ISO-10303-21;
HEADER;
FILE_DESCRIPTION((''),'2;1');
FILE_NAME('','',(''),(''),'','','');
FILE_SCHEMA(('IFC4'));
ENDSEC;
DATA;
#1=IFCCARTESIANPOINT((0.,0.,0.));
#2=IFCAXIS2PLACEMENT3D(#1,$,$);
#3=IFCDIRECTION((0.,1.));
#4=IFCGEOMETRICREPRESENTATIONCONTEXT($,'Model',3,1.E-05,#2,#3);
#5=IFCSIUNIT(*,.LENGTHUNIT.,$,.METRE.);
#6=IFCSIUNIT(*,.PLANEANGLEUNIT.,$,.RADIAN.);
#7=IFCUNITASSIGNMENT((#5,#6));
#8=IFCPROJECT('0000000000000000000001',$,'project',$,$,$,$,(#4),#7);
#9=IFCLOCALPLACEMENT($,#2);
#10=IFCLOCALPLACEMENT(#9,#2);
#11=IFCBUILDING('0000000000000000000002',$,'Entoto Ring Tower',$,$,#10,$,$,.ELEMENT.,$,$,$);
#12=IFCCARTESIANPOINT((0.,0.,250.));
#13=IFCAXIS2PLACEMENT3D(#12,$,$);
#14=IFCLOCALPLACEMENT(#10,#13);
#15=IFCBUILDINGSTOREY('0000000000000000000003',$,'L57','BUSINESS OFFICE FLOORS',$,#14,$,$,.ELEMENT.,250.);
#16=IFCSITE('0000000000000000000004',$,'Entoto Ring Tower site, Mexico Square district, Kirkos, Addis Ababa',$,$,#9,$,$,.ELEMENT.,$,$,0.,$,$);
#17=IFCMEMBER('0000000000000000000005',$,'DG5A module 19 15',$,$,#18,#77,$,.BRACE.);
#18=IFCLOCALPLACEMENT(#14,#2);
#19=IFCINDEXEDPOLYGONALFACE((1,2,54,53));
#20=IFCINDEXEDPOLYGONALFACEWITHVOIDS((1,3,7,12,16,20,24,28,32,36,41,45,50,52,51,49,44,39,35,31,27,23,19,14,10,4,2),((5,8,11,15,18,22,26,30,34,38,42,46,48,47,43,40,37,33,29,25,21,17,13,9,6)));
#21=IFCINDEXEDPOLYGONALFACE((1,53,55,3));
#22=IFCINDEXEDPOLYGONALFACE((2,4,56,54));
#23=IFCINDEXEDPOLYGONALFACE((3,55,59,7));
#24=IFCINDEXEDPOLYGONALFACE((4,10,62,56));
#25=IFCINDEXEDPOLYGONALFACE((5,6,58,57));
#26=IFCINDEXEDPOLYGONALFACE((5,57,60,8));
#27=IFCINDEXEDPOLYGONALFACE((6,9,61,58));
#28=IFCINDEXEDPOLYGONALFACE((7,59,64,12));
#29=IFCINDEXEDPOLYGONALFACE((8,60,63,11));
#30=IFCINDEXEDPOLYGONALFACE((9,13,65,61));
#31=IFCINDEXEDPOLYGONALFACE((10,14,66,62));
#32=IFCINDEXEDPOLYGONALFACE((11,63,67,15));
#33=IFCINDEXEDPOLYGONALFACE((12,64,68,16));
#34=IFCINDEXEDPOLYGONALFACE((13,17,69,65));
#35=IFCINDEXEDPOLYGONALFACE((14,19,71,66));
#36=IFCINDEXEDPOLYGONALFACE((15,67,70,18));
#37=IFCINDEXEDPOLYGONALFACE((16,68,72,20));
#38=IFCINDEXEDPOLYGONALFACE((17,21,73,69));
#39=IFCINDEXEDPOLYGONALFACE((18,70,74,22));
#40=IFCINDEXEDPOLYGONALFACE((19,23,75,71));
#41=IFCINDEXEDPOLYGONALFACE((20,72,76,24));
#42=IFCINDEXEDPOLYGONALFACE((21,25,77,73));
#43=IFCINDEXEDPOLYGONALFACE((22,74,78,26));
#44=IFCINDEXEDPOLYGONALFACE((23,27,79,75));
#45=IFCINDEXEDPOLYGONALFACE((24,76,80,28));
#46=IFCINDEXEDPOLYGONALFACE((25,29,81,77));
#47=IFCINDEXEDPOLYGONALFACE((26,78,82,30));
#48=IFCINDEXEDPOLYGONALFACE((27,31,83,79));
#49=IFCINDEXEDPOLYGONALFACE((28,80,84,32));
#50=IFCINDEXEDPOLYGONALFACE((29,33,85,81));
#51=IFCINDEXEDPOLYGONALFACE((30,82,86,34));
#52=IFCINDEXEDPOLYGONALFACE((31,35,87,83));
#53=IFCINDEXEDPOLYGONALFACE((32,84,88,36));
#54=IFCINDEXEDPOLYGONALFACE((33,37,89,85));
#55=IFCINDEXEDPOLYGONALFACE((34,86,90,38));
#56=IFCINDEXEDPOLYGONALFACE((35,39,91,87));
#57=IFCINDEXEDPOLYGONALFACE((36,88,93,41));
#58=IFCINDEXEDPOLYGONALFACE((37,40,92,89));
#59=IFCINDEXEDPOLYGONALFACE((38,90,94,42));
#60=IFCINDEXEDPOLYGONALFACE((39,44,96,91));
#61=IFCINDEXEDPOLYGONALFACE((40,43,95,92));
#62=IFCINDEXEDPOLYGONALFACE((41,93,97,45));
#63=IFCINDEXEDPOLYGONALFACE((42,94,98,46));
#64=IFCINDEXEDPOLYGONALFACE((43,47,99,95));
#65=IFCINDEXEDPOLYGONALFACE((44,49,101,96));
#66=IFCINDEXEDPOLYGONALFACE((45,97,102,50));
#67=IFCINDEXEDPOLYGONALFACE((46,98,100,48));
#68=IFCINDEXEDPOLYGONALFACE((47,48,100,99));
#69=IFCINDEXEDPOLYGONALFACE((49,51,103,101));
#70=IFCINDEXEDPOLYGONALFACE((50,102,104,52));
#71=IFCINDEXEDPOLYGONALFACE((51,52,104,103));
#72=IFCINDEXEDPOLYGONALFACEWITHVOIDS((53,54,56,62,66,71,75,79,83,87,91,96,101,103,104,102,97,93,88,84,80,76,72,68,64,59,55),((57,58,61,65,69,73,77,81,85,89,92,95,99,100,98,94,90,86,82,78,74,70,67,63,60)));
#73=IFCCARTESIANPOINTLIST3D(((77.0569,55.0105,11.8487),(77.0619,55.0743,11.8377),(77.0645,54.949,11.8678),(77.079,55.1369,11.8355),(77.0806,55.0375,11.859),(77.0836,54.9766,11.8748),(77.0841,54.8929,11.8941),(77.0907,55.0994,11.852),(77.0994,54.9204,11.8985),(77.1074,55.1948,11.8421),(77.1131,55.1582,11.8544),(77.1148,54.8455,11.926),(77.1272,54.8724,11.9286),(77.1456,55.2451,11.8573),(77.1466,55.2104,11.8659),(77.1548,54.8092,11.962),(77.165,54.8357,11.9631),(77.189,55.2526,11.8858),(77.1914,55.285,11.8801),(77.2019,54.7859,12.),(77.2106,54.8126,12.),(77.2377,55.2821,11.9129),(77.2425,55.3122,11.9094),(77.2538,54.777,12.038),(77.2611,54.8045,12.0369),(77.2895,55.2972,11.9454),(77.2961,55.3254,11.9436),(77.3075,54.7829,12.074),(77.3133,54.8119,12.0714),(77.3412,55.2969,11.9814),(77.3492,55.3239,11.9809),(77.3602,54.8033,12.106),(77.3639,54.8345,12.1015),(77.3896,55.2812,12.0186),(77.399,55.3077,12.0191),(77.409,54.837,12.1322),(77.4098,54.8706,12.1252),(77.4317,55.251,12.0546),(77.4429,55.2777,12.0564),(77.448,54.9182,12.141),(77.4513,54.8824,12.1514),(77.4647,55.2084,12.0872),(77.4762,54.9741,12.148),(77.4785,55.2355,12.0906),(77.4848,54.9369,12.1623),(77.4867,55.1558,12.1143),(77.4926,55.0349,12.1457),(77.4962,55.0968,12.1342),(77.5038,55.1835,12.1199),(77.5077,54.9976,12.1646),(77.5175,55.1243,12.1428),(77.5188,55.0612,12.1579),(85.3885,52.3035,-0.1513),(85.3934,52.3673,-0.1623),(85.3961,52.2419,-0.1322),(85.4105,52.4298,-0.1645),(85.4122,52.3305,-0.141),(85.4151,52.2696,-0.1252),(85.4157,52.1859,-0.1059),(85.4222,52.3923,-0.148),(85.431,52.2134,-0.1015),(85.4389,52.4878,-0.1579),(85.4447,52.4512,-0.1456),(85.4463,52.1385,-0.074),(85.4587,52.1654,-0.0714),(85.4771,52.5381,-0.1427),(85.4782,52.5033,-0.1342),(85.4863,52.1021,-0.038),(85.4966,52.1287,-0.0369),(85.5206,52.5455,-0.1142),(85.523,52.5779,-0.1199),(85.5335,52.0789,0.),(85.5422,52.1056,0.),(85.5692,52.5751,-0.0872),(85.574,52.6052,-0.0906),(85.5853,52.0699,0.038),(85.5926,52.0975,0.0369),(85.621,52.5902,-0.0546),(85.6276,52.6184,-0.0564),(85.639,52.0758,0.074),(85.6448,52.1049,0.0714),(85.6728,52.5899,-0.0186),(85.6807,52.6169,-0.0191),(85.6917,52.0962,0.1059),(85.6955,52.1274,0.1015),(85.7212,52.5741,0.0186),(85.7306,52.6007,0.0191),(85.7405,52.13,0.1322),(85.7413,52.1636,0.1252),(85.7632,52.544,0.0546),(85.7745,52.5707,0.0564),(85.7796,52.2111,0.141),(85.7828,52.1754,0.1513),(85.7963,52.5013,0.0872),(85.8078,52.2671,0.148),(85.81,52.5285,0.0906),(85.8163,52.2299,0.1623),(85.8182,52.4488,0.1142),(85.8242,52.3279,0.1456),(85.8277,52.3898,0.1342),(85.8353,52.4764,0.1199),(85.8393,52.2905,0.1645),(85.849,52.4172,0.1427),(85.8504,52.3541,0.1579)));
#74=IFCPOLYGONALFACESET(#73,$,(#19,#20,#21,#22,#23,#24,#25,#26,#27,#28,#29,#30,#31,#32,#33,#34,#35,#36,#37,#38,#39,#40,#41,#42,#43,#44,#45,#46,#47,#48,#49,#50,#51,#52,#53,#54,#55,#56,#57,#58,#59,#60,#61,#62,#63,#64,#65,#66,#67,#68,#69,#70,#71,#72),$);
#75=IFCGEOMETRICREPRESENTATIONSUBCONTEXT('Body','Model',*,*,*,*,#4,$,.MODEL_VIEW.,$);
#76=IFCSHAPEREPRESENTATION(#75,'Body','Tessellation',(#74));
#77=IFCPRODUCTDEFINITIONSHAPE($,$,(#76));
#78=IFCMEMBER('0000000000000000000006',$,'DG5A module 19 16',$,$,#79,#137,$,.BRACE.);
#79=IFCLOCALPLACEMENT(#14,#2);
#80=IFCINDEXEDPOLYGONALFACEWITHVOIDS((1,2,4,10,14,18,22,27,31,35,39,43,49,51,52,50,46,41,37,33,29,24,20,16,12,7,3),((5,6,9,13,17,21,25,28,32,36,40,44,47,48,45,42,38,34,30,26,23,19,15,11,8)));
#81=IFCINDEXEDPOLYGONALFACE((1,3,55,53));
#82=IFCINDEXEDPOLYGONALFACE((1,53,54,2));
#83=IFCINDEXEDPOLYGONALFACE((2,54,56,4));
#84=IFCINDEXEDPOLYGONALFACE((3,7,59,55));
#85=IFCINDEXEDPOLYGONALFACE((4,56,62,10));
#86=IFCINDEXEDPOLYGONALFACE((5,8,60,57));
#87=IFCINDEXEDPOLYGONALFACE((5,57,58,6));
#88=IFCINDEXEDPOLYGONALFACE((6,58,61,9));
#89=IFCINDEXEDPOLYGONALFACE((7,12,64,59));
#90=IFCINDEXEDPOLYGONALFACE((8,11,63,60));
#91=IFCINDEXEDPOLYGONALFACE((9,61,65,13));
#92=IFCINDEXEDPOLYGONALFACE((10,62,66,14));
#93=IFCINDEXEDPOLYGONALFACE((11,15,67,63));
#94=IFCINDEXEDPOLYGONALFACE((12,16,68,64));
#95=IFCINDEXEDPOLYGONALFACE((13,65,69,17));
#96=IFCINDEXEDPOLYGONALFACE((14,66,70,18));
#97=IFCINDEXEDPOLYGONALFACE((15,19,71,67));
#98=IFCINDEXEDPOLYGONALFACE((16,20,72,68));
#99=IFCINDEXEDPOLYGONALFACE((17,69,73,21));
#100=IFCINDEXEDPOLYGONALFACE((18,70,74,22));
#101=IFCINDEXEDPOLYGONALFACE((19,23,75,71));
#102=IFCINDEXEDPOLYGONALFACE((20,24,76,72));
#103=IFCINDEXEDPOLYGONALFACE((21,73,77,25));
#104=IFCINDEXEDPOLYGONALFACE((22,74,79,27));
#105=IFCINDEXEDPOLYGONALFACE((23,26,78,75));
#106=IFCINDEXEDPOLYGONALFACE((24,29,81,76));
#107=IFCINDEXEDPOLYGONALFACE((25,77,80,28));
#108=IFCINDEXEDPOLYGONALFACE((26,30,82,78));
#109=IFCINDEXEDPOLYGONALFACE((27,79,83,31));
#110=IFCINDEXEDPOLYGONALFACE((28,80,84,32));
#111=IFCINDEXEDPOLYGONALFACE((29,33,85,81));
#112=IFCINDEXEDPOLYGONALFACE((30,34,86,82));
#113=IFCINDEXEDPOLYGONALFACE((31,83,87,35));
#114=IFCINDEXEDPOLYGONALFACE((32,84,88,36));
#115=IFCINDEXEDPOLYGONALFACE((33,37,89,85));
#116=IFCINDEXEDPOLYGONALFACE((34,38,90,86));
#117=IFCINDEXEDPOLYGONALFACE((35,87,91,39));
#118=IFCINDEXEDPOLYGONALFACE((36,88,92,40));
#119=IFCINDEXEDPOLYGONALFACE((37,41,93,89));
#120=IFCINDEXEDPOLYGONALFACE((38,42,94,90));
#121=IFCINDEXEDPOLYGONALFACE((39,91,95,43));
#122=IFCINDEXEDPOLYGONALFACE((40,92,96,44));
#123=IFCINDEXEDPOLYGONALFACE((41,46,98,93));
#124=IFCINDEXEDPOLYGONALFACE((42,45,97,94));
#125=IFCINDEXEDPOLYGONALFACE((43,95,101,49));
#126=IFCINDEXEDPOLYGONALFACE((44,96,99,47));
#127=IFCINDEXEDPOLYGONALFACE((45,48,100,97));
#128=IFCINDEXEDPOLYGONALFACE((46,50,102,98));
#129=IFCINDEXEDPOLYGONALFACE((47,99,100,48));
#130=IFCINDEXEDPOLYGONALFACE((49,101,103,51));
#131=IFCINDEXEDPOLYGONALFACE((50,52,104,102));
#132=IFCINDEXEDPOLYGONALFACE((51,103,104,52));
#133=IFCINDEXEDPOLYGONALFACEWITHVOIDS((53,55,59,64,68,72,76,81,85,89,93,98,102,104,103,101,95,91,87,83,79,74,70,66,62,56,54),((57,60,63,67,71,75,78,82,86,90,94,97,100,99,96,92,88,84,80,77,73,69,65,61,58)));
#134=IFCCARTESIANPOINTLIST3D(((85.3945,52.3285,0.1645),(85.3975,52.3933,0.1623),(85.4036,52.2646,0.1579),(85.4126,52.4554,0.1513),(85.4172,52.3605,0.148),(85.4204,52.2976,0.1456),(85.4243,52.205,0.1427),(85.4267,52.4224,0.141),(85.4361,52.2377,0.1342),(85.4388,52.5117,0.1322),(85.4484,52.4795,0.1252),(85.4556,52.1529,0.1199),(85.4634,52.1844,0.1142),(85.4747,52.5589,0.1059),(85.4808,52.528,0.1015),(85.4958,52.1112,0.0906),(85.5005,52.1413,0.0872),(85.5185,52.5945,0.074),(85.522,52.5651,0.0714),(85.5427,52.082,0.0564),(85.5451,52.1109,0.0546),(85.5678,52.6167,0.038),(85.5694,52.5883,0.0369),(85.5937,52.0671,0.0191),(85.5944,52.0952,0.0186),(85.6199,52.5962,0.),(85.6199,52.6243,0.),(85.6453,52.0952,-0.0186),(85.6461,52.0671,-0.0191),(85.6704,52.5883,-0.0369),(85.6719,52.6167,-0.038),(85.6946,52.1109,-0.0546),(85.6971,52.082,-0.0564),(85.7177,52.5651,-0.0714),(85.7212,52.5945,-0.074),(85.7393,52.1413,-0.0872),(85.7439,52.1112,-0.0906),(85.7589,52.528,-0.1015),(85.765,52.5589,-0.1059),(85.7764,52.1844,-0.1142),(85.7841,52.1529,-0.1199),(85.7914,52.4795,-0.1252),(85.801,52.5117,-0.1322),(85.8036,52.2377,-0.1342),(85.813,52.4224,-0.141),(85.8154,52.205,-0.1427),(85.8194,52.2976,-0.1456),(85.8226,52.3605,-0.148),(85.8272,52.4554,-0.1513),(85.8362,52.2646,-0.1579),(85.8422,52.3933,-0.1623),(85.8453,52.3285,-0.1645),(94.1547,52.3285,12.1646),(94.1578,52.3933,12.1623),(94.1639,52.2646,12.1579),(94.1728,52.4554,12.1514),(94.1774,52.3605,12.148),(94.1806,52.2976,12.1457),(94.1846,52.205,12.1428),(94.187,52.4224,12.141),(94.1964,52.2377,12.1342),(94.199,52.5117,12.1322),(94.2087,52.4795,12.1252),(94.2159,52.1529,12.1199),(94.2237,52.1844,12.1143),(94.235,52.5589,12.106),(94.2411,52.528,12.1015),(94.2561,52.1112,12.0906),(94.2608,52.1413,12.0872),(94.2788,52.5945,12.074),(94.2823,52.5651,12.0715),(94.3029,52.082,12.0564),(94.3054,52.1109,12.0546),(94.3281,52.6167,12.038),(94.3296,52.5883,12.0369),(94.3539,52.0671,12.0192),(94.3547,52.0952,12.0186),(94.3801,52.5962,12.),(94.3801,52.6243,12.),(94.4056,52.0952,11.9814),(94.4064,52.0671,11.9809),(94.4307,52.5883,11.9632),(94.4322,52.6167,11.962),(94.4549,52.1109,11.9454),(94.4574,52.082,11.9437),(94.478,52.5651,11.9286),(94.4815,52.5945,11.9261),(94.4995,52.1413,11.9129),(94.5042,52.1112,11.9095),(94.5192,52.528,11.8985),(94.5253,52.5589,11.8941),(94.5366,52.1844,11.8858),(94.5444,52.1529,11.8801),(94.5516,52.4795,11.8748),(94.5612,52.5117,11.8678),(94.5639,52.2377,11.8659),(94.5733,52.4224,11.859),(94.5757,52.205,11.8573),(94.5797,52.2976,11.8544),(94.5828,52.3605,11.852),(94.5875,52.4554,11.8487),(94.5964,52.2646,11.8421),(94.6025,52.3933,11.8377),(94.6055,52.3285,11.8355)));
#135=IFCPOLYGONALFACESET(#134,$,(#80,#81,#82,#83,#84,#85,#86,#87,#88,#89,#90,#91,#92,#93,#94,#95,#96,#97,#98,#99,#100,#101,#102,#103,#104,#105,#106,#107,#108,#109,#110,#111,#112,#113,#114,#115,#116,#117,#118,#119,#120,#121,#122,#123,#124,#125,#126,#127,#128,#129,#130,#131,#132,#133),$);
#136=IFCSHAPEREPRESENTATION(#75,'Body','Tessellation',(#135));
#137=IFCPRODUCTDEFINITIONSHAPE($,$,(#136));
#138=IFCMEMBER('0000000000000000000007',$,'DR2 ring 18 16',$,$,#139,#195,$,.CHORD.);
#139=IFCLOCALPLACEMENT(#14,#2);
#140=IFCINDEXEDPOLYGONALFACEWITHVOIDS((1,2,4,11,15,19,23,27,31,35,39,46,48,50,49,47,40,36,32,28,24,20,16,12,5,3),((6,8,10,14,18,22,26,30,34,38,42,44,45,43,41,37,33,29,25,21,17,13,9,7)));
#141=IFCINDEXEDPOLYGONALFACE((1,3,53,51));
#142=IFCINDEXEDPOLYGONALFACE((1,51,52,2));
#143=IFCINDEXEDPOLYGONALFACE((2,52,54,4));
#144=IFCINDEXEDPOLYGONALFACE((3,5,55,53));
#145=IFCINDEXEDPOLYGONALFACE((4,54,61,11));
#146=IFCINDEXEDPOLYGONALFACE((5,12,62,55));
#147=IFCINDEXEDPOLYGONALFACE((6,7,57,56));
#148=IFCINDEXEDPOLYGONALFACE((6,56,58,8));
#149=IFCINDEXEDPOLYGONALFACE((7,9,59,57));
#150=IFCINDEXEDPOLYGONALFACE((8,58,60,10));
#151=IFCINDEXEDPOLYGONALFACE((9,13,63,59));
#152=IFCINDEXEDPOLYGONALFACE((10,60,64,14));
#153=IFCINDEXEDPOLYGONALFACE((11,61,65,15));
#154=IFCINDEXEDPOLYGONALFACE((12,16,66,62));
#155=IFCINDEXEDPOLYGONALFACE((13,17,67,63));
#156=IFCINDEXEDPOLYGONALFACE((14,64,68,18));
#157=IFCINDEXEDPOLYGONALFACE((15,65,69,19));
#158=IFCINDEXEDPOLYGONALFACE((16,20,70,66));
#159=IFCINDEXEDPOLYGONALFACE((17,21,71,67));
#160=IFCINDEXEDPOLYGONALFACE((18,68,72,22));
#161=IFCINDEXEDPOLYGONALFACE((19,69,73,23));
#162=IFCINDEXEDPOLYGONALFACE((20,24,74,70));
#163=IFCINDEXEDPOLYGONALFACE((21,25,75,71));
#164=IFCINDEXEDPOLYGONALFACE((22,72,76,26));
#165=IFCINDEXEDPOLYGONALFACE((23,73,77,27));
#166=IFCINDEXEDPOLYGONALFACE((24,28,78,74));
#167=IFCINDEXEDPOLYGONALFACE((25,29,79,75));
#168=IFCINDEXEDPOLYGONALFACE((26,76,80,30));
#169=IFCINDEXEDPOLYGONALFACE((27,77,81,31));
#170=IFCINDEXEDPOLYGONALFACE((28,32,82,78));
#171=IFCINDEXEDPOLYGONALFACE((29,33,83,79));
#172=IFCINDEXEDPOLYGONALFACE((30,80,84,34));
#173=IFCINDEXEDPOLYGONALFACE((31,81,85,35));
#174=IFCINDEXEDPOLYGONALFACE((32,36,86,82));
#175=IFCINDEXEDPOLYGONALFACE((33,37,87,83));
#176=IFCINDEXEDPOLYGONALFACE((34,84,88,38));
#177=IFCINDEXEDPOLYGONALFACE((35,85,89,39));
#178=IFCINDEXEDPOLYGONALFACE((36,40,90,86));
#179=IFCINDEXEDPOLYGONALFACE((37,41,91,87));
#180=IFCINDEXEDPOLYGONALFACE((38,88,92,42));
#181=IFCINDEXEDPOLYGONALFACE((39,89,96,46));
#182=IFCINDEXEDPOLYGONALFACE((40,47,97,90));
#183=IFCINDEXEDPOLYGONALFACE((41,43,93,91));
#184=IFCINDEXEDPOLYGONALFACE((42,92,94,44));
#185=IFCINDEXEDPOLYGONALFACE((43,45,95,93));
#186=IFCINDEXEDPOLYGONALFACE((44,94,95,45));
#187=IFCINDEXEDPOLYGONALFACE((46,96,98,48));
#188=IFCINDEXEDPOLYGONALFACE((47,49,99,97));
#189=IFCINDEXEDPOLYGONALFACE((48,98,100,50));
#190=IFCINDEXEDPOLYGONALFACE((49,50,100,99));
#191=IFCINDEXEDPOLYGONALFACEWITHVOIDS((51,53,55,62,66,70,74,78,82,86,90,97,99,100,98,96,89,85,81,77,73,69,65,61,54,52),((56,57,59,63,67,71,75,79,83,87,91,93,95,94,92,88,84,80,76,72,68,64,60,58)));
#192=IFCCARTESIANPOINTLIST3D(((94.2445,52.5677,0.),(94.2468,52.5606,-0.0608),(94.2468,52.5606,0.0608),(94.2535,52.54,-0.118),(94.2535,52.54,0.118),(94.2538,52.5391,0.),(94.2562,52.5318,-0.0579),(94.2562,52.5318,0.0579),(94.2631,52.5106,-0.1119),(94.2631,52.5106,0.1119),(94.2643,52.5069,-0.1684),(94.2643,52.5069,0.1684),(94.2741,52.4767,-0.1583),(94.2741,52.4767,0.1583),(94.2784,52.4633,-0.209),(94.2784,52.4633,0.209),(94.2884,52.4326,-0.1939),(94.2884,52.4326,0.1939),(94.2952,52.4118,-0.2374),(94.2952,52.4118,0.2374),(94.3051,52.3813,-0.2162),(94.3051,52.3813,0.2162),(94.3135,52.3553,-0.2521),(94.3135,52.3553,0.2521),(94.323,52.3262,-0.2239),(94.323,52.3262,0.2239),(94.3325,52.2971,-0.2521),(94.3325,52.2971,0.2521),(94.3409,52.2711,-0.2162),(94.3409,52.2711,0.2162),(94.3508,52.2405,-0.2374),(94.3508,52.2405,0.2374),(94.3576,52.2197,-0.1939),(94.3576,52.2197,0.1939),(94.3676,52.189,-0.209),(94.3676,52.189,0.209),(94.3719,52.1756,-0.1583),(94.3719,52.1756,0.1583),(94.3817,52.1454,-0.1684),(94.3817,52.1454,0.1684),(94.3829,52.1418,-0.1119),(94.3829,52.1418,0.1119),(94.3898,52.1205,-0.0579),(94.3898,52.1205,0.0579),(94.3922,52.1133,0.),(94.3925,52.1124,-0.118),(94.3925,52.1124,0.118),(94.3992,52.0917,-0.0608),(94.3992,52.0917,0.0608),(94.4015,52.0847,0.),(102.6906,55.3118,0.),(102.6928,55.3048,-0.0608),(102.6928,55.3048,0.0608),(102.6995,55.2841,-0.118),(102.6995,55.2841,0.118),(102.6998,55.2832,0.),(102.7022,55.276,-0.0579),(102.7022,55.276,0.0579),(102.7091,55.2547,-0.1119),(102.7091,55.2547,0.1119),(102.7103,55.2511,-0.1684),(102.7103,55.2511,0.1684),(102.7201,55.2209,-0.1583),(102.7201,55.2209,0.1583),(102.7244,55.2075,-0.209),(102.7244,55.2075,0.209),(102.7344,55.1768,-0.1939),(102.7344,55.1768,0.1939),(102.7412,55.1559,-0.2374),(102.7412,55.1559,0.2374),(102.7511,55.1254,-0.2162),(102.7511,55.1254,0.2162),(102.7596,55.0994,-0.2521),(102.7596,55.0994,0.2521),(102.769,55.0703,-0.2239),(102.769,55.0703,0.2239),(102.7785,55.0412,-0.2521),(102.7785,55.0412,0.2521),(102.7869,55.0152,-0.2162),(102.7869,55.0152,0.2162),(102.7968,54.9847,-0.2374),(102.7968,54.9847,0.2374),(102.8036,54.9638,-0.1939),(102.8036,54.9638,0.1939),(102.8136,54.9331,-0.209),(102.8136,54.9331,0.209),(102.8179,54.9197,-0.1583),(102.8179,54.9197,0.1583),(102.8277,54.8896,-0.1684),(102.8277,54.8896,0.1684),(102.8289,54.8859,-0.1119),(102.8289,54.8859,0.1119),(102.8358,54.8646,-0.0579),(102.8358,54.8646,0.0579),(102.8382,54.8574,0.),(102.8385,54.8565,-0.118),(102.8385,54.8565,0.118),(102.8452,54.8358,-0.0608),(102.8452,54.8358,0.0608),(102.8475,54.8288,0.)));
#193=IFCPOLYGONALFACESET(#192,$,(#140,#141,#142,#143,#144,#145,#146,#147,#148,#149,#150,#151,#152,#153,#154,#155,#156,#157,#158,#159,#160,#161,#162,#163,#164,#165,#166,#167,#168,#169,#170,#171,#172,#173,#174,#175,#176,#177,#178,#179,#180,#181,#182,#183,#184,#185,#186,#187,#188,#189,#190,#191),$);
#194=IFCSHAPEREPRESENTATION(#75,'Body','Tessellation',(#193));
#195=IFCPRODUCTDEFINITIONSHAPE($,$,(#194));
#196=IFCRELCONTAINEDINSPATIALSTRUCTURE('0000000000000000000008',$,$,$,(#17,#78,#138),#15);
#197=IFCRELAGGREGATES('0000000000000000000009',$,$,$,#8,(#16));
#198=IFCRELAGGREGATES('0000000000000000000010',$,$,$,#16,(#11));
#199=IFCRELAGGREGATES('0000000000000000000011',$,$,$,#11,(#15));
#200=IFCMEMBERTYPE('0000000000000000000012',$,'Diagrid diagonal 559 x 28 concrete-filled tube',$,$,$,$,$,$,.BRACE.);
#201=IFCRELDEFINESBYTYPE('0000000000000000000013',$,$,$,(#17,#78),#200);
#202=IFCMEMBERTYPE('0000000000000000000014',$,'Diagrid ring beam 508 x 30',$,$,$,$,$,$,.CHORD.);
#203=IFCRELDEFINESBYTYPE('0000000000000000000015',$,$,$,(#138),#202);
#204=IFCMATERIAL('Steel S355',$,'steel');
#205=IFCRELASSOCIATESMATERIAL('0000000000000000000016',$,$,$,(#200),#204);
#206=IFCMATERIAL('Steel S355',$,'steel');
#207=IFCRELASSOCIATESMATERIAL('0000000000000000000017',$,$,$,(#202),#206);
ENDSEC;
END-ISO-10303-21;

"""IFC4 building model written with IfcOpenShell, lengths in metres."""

from ifc_helpers import new_model, si_unit, direction, frame, origin, origin_2d, place, context, subcontext, project, spatial, circle, hollow_circle, extrude, material, material_profile, profile_set, type_object, element, save


model = new_model("IFC4")

# Units and contexts
model_context = context("Model", 3, precision=1e-05, world=origin(), true_north=direction((0.0, 1.0)))
body_context = subcontext(model_context, "Body", "Model", "MODEL_VIEW")
ifc_project = project(units=[si_unit("LENGTHUNIT", "METRE"), si_unit("PLANEANGLEUNIT", "RADIAN")], contexts=[model_context])

# Site, building, storey
site_placement = place(None, origin())
site = spatial("IfcSite", under=ifc_project, at=site_placement, Name="Entoto Ring Tower site, Mexico Square district, Kirkos, Addis Ababa", CompositionType="ELEMENT", RefElevation=0.0)
building_placement = place(site_placement, origin())
building = spatial("IfcBuilding", under=site, at=building_placement, Name="Entoto Ring Tower", CompositionType="ELEMENT")
storey_placement = place(building_placement, frame((0.0, 0.0, 250.0)))
storey = spatial("IfcBuildingStorey", under=building, at=storey_placement, Name="L57", Description="BUSINESS OFFICE FLOORS", CompositionType="ELEMENT", Elevation=250.0)

# Members
ifc_material_1 = material(Name="Steel S355", Category="steel")
ifc_material_profile_1 = material_profile(ifc_material_1, hollow_circle(Radius=0.2795, WallThickness=0.0281, at=origin_2d()), Name="CHS 559 x 28")
ifc_material_2 = material(Name="Concrete C60/75", Category="concrete")
ifc_material_profile_2 = material_profile(ifc_material_2, circle(Radius=0.2515, at=origin_2d()), Name="Concrete C60/75 infill")
ifc_profile_set_1 = profile_set([ifc_material_profile_1, ifc_material_profile_2], Name="Steel S355")
member_type_1 = type_object("IfcMemberType", Name="Diagrid diagonal 559 x 28 concrete-filled tube", PredefinedType="BRACE", material=ifc_profile_set_1)
for number, where, z_axis, x_axis, name in (
    (1, (85.6199, 52.3447, 0.0), (-0.560767, 0.182201, 0.807678), (-0.309012, -0.951058, 0.0), "DG5A module 19 15"),
    (2, (85.6199, 52.3447, 0.0), (0.589623, 0.0, 0.807679), (0.0, 1.0, 0.0), "DG5A module 19 16"),
):
    element("IfcMember", number, at=place(storey_placement, frame(where, z_axis=z_axis, x_axis=x_axis)), inside=storey, type_object=member_type_1, Name=name, PredefinedType="BRACE", context=body_context, shape_type="SweptSolid", body=[
        extrude(hollow_circle(Radius=0.2795, WallThickness=0.0281, at=origin_2d()), origin(), (0.0, 0.0, 1.0), 14.8574),
    ])
ifc_material_3 = material(Name="Steel S355", Category="steel")
ifc_material_profile_3 = material_profile(ifc_material_3, hollow_circle(Radius=0.2539, WallThickness=0.03, at=origin_2d()), Name="CHS 508 x 30")
ifc_material_4 = material(Name="Concrete C60/75", Category="concrete")
ifc_material_profile_4 = material_profile(ifc_material_4, circle(Radius=0.2241, at=origin_2d()), Name="Concrete C60/75 infill")
ifc_profile_set_2 = profile_set([ifc_material_profile_3, ifc_material_profile_4], Name="Steel S355")
member_type_2 = type_object("IfcMemberType", Name="Diagrid ring beam 508 x 30", PredefinedType="CHORD", material=ifc_profile_set_2)
member_placement = place(storey_placement, frame((94.323, 52.3262, 0.0), z_axis=(0.951061, 0.309002, 0.0), x_axis=(-0.309002, 0.951061, 0.0)))
element("IfcMember", 3, at=member_placement, inside=storey, type_object=member_type_2, Name="DR2 ring 18 16", PredefinedType="CHORD", context=body_context, shape_type="SweptSolid", body=[
    extrude(hollow_circle(Radius=0.2539, WallThickness=0.03, at=origin_2d()), origin(), (0.0, 0.0, 1.0), 8.8806),
])

save(model, "model.ifc")
